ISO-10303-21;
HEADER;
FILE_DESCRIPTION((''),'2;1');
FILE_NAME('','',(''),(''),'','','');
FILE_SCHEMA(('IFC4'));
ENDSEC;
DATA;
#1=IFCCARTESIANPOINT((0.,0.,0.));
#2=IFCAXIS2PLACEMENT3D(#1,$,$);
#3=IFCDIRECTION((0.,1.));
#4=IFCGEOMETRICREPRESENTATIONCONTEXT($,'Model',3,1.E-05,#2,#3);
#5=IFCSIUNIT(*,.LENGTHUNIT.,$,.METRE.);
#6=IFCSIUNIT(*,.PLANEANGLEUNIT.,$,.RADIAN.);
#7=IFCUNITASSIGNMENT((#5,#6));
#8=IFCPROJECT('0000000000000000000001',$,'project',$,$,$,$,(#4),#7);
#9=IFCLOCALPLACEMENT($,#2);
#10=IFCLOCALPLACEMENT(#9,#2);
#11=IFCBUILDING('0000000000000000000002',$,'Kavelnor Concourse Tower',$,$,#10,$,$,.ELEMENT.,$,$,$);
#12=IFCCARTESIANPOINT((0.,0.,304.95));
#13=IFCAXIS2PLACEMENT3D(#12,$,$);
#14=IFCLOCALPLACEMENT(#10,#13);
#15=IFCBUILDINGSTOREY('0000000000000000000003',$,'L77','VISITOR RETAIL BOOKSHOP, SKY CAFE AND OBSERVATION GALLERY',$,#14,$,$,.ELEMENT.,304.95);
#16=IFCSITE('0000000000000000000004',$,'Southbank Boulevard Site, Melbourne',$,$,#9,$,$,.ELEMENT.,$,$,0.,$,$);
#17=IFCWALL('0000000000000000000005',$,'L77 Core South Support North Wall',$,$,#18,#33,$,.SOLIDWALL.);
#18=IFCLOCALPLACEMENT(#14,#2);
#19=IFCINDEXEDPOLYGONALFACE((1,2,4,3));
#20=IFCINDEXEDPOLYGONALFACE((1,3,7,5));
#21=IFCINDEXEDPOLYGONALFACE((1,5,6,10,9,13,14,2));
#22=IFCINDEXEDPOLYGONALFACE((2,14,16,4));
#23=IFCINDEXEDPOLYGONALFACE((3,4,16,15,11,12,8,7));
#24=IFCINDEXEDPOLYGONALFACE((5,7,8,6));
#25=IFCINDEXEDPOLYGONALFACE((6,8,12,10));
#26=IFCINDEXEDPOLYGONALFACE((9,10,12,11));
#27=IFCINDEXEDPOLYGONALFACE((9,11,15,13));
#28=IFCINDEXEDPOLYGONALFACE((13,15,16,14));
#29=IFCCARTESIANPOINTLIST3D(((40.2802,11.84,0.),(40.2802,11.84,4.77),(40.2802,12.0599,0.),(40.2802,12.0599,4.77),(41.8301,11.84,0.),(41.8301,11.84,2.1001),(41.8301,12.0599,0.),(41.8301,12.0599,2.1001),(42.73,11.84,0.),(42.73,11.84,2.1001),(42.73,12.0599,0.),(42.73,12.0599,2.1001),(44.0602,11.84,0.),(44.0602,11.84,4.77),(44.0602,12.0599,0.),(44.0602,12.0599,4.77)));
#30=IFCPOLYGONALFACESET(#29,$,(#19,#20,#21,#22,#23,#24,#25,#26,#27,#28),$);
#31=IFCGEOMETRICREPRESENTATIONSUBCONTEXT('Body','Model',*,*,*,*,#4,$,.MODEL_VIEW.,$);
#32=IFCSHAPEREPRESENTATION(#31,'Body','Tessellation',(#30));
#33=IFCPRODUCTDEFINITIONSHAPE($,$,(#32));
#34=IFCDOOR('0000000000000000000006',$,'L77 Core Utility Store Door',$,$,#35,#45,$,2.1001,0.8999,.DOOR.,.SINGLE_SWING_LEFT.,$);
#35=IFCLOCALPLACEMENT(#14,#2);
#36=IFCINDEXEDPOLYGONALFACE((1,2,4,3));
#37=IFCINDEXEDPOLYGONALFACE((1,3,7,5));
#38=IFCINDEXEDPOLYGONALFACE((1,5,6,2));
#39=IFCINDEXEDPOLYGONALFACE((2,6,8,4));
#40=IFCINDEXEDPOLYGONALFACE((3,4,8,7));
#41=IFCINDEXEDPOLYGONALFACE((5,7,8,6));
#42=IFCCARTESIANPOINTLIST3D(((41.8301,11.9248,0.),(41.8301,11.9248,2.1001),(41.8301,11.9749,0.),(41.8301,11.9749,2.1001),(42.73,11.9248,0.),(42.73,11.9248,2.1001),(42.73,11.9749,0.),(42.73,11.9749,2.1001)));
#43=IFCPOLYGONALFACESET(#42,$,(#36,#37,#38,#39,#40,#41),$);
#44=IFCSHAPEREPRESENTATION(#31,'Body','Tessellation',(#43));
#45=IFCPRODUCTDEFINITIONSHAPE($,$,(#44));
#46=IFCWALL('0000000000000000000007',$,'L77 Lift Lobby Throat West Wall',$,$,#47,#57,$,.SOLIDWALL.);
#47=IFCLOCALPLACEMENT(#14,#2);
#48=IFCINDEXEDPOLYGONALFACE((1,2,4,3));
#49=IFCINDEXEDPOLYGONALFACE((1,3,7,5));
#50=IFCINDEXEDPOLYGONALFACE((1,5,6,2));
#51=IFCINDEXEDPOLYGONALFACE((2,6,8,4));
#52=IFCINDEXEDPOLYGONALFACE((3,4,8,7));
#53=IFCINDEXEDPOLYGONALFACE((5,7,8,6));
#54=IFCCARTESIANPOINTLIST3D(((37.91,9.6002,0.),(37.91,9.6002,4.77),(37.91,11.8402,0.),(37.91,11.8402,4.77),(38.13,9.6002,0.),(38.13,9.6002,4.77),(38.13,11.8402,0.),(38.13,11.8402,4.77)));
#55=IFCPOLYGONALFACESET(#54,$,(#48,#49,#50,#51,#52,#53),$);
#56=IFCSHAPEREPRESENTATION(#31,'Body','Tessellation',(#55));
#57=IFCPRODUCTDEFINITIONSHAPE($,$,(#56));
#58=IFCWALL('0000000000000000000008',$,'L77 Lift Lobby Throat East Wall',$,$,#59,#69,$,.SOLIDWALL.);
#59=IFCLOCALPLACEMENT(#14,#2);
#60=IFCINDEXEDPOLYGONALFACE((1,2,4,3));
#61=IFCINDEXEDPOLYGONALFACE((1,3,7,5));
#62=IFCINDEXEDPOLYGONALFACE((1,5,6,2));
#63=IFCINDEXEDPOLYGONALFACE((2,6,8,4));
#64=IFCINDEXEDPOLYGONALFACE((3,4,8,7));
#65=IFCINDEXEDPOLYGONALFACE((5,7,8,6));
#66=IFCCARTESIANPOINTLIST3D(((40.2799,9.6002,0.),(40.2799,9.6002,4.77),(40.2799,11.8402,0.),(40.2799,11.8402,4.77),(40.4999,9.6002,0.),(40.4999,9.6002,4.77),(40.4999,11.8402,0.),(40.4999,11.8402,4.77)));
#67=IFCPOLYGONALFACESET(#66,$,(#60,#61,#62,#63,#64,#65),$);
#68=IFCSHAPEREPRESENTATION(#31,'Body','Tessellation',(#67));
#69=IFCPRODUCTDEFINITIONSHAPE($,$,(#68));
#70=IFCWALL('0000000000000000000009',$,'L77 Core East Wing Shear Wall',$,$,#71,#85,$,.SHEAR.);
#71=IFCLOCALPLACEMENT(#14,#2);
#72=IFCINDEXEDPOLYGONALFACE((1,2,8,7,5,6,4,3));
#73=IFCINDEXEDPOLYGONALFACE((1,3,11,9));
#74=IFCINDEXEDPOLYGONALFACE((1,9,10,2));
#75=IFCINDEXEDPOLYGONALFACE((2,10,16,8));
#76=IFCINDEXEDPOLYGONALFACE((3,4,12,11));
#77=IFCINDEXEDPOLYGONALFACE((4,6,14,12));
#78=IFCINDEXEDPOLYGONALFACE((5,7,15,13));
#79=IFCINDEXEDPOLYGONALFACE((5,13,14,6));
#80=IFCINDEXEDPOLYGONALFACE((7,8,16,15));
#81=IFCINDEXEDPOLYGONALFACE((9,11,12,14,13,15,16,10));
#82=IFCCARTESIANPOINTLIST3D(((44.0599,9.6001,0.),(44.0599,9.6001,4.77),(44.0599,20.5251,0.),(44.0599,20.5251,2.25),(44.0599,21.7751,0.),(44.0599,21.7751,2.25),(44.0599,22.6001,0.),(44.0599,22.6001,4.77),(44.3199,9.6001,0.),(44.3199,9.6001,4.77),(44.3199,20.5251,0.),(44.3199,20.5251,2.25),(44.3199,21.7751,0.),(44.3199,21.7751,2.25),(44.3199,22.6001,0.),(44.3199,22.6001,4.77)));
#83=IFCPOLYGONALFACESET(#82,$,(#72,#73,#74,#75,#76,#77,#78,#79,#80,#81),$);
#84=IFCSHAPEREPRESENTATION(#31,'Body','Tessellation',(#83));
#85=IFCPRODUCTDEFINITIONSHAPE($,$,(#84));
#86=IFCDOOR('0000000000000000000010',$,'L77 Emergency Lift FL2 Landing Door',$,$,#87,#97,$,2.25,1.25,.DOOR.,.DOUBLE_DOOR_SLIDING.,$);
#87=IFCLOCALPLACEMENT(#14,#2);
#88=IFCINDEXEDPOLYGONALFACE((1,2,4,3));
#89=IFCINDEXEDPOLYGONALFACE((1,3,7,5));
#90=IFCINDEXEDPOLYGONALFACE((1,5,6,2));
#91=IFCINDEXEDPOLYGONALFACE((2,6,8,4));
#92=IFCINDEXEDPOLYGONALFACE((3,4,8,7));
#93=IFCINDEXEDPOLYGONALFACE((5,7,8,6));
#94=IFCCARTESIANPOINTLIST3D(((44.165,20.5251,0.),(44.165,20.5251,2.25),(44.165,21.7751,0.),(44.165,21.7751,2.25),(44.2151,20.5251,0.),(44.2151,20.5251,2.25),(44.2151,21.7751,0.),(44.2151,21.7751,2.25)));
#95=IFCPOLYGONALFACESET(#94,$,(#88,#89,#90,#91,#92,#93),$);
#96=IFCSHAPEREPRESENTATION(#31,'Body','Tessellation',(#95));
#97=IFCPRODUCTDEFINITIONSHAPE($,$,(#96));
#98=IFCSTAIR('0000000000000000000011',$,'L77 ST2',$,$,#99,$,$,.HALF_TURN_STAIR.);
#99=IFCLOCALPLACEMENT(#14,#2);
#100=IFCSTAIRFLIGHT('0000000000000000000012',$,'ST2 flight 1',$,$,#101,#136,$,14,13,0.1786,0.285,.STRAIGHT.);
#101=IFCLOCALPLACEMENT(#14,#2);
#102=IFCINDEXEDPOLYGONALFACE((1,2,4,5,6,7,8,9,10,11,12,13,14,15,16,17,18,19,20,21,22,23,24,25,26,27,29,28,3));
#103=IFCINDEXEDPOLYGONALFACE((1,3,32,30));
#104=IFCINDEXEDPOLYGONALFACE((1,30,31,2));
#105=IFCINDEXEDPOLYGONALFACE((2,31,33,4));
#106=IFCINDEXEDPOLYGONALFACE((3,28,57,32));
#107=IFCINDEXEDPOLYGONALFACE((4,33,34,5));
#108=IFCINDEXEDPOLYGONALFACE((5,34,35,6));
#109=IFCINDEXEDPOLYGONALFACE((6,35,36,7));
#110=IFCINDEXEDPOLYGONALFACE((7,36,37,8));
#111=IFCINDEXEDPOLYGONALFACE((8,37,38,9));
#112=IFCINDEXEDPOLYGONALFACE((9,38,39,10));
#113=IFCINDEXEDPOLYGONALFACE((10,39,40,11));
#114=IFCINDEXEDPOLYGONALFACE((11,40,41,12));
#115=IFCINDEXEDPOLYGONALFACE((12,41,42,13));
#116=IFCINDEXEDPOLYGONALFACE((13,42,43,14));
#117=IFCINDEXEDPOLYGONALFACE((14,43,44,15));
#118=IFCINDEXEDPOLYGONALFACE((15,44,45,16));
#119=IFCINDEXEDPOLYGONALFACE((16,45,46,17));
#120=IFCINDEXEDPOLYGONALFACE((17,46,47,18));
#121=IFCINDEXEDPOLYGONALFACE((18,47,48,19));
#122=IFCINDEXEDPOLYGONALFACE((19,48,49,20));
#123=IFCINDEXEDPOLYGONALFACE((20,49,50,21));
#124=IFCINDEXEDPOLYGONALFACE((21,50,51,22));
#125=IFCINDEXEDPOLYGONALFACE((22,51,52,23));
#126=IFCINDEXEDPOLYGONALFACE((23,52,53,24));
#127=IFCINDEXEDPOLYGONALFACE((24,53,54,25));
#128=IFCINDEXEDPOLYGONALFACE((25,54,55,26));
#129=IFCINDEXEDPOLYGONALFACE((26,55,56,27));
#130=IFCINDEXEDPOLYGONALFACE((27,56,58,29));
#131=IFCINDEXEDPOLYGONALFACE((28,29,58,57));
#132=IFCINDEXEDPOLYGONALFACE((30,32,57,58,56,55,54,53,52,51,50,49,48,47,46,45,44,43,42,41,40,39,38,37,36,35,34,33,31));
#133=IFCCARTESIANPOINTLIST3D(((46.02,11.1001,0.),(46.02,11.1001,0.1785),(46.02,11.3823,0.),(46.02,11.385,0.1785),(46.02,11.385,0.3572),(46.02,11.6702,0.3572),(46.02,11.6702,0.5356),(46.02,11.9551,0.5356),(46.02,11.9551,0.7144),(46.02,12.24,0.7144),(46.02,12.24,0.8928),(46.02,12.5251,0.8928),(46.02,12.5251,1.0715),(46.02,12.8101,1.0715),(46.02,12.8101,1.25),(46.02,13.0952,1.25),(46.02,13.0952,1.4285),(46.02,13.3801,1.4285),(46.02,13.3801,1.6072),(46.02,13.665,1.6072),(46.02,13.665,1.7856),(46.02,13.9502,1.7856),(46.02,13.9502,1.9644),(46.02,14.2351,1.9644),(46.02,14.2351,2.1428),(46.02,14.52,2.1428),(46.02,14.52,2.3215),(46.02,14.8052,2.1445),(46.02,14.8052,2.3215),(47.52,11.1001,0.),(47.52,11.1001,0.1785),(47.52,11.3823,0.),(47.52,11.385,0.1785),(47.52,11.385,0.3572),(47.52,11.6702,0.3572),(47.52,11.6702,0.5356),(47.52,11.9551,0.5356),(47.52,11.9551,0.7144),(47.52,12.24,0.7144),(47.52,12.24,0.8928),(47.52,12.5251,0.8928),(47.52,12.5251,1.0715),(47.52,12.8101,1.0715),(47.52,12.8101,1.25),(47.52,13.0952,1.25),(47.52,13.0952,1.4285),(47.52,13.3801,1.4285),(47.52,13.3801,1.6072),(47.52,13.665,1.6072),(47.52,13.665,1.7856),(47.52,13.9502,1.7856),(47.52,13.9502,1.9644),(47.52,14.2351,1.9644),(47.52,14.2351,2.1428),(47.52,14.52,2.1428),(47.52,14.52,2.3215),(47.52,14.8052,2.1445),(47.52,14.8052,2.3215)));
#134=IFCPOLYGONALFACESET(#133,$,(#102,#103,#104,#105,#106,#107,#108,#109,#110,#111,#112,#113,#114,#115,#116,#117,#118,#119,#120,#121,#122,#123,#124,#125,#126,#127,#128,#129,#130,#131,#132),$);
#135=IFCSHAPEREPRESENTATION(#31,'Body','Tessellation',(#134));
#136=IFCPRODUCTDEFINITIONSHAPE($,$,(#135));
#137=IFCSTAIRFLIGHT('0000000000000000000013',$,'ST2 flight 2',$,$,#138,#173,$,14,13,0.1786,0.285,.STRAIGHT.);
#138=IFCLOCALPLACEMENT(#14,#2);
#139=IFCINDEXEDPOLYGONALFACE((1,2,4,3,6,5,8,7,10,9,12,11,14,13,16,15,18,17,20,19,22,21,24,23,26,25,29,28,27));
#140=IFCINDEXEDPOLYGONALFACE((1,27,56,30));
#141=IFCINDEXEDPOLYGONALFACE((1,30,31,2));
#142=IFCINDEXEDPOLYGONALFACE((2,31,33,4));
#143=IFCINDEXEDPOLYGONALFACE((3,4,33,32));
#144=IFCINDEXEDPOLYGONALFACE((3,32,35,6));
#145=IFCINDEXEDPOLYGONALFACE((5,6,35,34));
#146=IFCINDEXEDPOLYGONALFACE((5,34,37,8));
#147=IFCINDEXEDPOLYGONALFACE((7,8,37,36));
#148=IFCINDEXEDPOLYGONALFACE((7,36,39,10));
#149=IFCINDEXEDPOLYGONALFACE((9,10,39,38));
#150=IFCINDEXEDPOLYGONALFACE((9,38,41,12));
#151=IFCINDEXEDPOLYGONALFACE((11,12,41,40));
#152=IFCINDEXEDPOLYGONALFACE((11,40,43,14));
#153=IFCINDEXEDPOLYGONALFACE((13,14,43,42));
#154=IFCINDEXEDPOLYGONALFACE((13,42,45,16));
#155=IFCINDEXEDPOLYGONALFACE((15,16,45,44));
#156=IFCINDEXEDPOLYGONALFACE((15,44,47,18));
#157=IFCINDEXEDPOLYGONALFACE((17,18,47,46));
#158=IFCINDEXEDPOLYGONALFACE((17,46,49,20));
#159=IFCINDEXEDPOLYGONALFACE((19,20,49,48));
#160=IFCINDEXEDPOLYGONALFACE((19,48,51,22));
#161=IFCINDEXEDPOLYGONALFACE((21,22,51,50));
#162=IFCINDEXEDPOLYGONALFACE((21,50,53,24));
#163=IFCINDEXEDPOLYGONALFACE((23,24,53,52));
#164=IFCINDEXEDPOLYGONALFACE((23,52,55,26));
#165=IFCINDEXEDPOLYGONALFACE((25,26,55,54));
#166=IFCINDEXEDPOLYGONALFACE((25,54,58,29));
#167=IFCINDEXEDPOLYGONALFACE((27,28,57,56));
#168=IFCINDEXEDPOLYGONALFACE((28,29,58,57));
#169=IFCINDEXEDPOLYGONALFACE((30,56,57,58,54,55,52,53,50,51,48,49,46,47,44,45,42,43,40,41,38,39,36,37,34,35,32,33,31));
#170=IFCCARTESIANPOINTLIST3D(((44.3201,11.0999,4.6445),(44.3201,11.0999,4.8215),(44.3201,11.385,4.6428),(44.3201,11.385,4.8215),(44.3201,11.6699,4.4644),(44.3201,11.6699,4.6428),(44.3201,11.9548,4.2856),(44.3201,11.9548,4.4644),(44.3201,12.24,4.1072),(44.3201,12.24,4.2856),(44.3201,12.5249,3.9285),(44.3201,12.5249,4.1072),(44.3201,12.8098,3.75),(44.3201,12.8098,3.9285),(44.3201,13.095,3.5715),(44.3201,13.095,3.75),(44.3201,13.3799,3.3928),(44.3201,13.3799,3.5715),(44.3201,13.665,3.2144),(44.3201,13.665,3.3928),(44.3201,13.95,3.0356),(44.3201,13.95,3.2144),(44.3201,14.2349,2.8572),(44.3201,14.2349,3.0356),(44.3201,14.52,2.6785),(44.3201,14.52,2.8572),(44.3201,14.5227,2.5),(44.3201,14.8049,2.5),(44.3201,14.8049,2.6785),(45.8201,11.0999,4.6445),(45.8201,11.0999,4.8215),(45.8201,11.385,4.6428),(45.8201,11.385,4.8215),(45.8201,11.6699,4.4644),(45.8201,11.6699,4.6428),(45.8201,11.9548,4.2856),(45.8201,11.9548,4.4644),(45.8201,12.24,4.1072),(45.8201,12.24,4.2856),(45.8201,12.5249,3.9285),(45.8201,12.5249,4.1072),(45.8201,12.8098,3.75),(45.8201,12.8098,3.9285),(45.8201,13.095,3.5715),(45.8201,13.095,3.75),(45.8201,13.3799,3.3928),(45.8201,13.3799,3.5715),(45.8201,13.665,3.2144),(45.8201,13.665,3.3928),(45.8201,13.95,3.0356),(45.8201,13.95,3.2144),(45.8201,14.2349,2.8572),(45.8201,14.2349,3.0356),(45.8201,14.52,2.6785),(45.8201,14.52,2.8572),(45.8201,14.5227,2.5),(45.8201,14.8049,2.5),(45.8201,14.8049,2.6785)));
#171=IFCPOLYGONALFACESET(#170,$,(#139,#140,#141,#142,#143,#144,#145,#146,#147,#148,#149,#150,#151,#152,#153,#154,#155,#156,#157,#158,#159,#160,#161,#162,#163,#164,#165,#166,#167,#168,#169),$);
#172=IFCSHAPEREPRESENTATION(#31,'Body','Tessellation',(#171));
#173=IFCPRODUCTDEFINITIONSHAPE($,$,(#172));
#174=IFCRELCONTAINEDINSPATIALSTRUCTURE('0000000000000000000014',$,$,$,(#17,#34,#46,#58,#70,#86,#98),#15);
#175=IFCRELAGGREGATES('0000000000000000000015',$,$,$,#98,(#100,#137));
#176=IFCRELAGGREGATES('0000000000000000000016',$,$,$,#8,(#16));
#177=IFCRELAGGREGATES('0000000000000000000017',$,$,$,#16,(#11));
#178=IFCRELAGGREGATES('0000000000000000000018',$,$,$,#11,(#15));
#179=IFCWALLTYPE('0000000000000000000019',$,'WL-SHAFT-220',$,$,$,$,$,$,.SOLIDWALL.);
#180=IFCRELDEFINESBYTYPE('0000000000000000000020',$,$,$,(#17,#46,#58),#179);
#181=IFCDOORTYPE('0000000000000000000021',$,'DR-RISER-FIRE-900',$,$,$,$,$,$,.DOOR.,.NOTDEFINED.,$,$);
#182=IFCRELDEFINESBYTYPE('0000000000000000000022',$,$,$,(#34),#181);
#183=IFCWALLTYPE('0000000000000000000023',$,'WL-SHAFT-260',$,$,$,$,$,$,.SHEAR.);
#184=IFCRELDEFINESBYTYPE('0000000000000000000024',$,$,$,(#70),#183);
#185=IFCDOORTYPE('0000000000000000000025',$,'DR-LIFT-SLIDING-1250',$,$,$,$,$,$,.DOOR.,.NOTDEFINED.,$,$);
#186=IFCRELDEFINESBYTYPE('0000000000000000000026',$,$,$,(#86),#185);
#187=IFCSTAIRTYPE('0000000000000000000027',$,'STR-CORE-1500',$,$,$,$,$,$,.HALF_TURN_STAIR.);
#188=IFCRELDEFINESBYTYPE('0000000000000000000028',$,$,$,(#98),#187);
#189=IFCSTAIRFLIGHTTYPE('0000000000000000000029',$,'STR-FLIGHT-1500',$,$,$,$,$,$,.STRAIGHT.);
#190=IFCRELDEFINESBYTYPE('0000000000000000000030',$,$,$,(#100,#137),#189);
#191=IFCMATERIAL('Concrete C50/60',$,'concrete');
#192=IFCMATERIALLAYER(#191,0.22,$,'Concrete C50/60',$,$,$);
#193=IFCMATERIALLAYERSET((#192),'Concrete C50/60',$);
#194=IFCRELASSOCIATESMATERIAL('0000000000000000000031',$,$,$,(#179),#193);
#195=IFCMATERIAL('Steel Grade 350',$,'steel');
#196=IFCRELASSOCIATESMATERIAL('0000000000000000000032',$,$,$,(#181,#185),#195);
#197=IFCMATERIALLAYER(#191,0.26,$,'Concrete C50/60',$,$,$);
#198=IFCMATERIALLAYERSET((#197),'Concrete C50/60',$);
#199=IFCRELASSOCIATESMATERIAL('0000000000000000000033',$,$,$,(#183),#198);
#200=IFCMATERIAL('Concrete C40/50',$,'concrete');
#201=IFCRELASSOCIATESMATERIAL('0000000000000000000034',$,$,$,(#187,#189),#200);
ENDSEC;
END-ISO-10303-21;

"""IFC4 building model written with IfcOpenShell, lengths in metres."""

from ifc_helpers import new_model, si_unit, direction, frame, frame_2d, origin, place, context, subcontext, project, spatial, polyline, rectangle, outline, extrude, material, layer, layer_set, type_object, element, fill, aggregate, save


model = new_model("IFC4")

# Units and contexts
model_context = context("Model", 3, precision=1e-05, world=origin(), true_north=direction((0.0, 1.0)))
body_context = subcontext(model_context, "Body", "Model", "MODEL_VIEW")
ifc_project = project(units=[si_unit("LENGTHUNIT", "METRE"), si_unit("PLANEANGLEUNIT", "RADIAN")], contexts=[model_context])

# Site, building, storey
site_placement = place(None, origin())
site = spatial("IfcSite", under=ifc_project, at=site_placement, Name="Southbank Boulevard Site, Melbourne", CompositionType="ELEMENT", RefElevation=0.0)
building_placement = place(site_placement, origin())
building = spatial("IfcBuilding", under=site, at=building_placement, Name="Kavelnor Concourse Tower", CompositionType="ELEMENT")
storey_placement = place(building_placement, frame((0.0, 0.0, 304.95)))
storey = spatial("IfcBuildingStorey", under=building, at=storey_placement, Name="L77", Description="VISITOR RETAIL BOOKSHOP, SKY CAFE AND OBSERVATION GALLERY", CompositionType="ELEMENT", Elevation=304.95)

# Shared definitions
ifc_material_1 = material(Name="Steel Grade 350", Category="steel")

# Shared definitions
ifc_material_2 = material(Name="Concrete C50/60", Category="concrete")
ifc_layer_1 = layer(ifc_material_2, 0.22, Name="Concrete C50/60")
ifc_layer_set_1 = layer_set([ifc_layer_1], Name="Concrete C50/60")
wall_type_1 = type_object("IfcWallType", Name="WL-SHAFT-220", PredefinedType="SOLIDWALL", material=ifc_layer_set_1)

# Wall, opening, door
wall_1_placement = place(storey_placement, frame((40.28, 11.95, 0.0), z_axis=(0.0, 0.0, 1.0), x_axis=(1.0, 0.0, 0.0)))
wall_1 = element("IfcWall", 1, at=wall_1_placement, inside=storey, type_object=wall_type_1, Name="L77 Core South Support North Wall", PredefinedType="SOLIDWALL", context=body_context, shape_type="SweptSolid", body=[
    extrude(rectangle(XDim=3.78, YDim=0.22, at=frame_2d((1.8901, 0.0))), origin(), (0.0, 0.0, 1.0), 4.77),
])
opening_1_placement = place(wall_1_placement, frame((1.55, 0.0, 0.0)))
opening_1 = element("IfcOpeningElement", 2, at=opening_1_placement, cuts=wall_1, PredefinedType="OPENING", context=body_context, shape_type="SweptSolid", body=[
    extrude(rectangle(XDim=0.8999, YDim=2.1001, at=frame_2d((0.45, 1.05))), frame((0.0, 0.1201, 0.0), z_axis=(0.0, -1.0, 0.0), x_axis=(1.0, 0.0, 0.0)), (0.0, 0.0, 1.0), 0.24),
])
door_type_1 = type_object("IfcDoorType", Name="DR-RISER-FIRE-900", OperationType="NOTDEFINED", PredefinedType="DOOR", material=ifc_material_1)
door_1_placement = place(opening_1_placement, origin())
door_1 = element("IfcDoor", 3, at=door_1_placement, inside=storey, type_object=door_type_1, Name="L77 Core Utility Store Door", OperationType="SINGLE_SWING_LEFT", OverallHeight=2.1001, OverallWidth=0.8999, PredefinedType="DOOR", context=body_context, shape_type="SweptSolid", body=[
    extrude(rectangle(XDim=0.8999, YDim=2.1001, at=frame_2d((0.45, 1.05))), frame((0.0, 0.0249, 0.0), z_axis=(0.0, -1.0, 0.0), x_axis=(1.0, 0.0, 0.0)), (0.0, 0.0, 1.0), 0.05),
])
fill(opening_1, door_1)

# Walls
for number, where, z_axis, x_axis, name in (
    (4, (38.02, 9.6001, 0.0), (0.0, 0.0, 1.0), (0.0, 1.0, 0.0), "L77 Lift Lobby Throat West Wall"),
    (5, (40.3899, 9.6001, 0.0), (0.0, 0.0, 1.0), (0.0, 1.0, 0.0), "L77 Lift Lobby Throat East Wall"),
):
    element("IfcWall", number, at=place(storey_placement, frame(where, z_axis=z_axis, x_axis=x_axis)), inside=storey, type_object=wall_type_1, Name=name, PredefinedType="SOLIDWALL", context=body_context, shape_type="SweptSolid", body=[
        extrude(rectangle(XDim=2.24, YDim=0.22, at=frame_2d((1.1201, 0.0))), origin(), (0.0, 0.0, 1.0), 4.77),
    ])

# Wall, opening, door
ifc_layer_2 = layer(ifc_material_2, 0.26, Name="Concrete C50/60")
ifc_layer_set_2 = layer_set([ifc_layer_2], Name="Concrete C50/60")
wall_type_2 = type_object("IfcWallType", Name="WL-SHAFT-260", PredefinedType="SHEAR", material=ifc_layer_set_2)
wall_2_placement = place(storey_placement, frame((44.1899, 9.6001, 0.0), z_axis=(0.0, 0.0, 1.0), x_axis=(0.0, 1.0, 0.0)))
wall_2 = element("IfcWall", 6, at=wall_2_placement, inside=storey, type_object=wall_type_2, Name="L77 Core East Wing Shear Wall", PredefinedType="SHEAR", context=body_context, shape_type="SweptSolid", body=[
    extrude(rectangle(XDim=13.0, YDim=0.26, at=frame_2d((6.5, 0.0))), origin(), (0.0, 0.0, 1.0), 4.77),
])
opening_2_placement = place(wall_2_placement, frame((10.925, 0.0, 0.0)))
opening_2 = element("IfcOpeningElement", 7, at=opening_2_placement, cuts=wall_2, PredefinedType="OPENING", context=body_context, shape_type="SweptSolid", body=[
    extrude(rectangle(XDim=1.25, YDim=2.25, at=frame_2d((0.625, 1.125))), frame((0.0, 0.1401, 0.0), z_axis=(0.0, -1.0, 0.0), x_axis=(1.0, 0.0, 0.0)), (0.0, 0.0, 1.0), 0.28),
])
door_type_2 = type_object("IfcDoorType", Name="DR-LIFT-SLIDING-1250", OperationType="NOTDEFINED", PredefinedType="DOOR", material=ifc_material_1)
door_2_placement = place(opening_2_placement, origin())
door_2 = element("IfcDoor", 8, at=door_2_placement, inside=storey, type_object=door_type_2, Name="L77 Emergency Lift FL2 Landing Door", OperationType="DOUBLE_DOOR_SLIDING", OverallHeight=2.25, OverallWidth=1.25, PredefinedType="DOOR", context=body_context, shape_type="SweptSolid", body=[
    extrude(rectangle(XDim=1.25, YDim=2.25, at=frame_2d((0.625, 1.125))), frame((0.0, 0.0249, 0.0), z_axis=(0.0, -1.0, 0.0), x_axis=(1.0, 0.0, 0.0)), (0.0, 0.0, 1.0), 0.05),
])
fill(opening_2, door_2)

# Stair, stair flights
ifc_material_3 = material(Name="Concrete C40/50", Category="concrete")
stair_type = type_object("IfcStairType", Name="STR-CORE-1500", PredefinedType="HALF_TURN_STAIR", material=ifc_material_3)
stair_placement = place(storey_placement, origin())
stair = element("IfcStair", 9, at=stair_placement, inside=storey, type_object=stair_type, Name="L77 ST2", PredefinedType="HALF_TURN_STAIR")
stair_flight_type = type_object("IfcStairFlightType", Name="STR-FLIGHT-1500", PredefinedType="STRAIGHT", material=ifc_material_3)
stair_flight_1_placement = place(storey_placement, frame((46.77, 11.1001, 0.0), z_axis=(0.0, 0.0, 1.0), x_axis=(0.0, 1.0, 0.0)))
stair_flight_1 = element("IfcStairFlight", 10, at=stair_flight_1_placement, type_object=stair_flight_type, Name="ST2 flight 1", NumberOfRisers=14, NumberOfTreads=13, PredefinedType="STRAIGHT", RiserHeight=0.1786, TreadLength=0.285, context=body_context, shape_type="SweptSolid", body=[
    extrude(outline(polyline([(0.0, 0.0), (0.0, 0.1785), (0.2849, 0.1785), (0.2849, 0.3572), (0.5701, 0.3572), (0.5701, 0.5356), (0.855, 0.5356), (0.855, 0.7144), (1.1399, 0.7144), (1.1399, 0.8928), (1.425, 0.8928), (1.425, 1.0715), (1.71, 1.0715), (1.71, 1.25), (1.9951, 1.25), (1.9951, 1.4285), (2.28, 1.4285), (2.28, 1.6072), (2.5649, 1.6072), (2.5649, 1.7856), (2.8501, 1.7856), (2.8501, 1.9644), (3.135, 1.9644), (3.135, 2.1428), (3.4199, 2.1428), (3.4199, 2.3215), (3.7051, 2.3215), (3.7051, 2.5), (3.7051, 2.1445), (0.2822, 0.0), (0.0, 0.0)])), frame((0.0, 0.75, 0.0), z_axis=(0.0, -1.0, 0.0), x_axis=(1.0, 0.0, 0.0)), (0.0, 0.0, 1.0), 1.5),
])
stair_flight_2_placement = place(storey_placement, frame((45.0701, 14.8049, 2.5), z_axis=(0.0, 0.0, 1.0), x_axis=(0.0, -1.0, 0.0)))
stair_flight_2 = element("IfcStairFlight", 11, at=stair_flight_2_placement, type_object=stair_flight_type, Name="ST2 flight 2", NumberOfRisers=14, NumberOfTreads=13, PredefinedType="STRAIGHT", RiserHeight=0.1786, TreadLength=0.285, context=body_context, shape_type="SweptSolid", body=[
    extrude(outline(polyline([(0.0, 0.0), (0.0, 0.1785), (0.2849, 0.1785), (0.2849, 0.3572), (0.5701, 0.3572), (0.5701, 0.5356), (0.855, 0.5356), (0.855, 0.7144), (1.1399, 0.7144), (1.1399, 0.8928), (1.425, 0.8928), (1.425, 1.0715), (1.71, 1.0715), (1.71, 1.25), (1.9951, 1.25), (1.9951, 1.4285), (2.28, 1.4285), (2.28, 1.6072), (2.5649, 1.6072), (2.5649, 1.7856), (2.8501, 1.7856), (2.8501, 1.9644), (3.135, 1.9644), (3.135, 2.1428), (3.4199, 2.1428), (3.4199, 2.3215), (3.7051, 2.3215), (3.7051, 2.5), (3.7051, 2.1445), (0.2822, 0.0), (0.0, 0.0)])), frame((0.0, 0.75, 0.0), z_axis=(0.0, -1.0, 0.0), x_axis=(1.0, 0.0, 0.0)), (0.0, 0.0, 1.0), 1.5),
])
aggregate(stair, [stair_flight_1, stair_flight_2])

save(model, "model.ifc")
